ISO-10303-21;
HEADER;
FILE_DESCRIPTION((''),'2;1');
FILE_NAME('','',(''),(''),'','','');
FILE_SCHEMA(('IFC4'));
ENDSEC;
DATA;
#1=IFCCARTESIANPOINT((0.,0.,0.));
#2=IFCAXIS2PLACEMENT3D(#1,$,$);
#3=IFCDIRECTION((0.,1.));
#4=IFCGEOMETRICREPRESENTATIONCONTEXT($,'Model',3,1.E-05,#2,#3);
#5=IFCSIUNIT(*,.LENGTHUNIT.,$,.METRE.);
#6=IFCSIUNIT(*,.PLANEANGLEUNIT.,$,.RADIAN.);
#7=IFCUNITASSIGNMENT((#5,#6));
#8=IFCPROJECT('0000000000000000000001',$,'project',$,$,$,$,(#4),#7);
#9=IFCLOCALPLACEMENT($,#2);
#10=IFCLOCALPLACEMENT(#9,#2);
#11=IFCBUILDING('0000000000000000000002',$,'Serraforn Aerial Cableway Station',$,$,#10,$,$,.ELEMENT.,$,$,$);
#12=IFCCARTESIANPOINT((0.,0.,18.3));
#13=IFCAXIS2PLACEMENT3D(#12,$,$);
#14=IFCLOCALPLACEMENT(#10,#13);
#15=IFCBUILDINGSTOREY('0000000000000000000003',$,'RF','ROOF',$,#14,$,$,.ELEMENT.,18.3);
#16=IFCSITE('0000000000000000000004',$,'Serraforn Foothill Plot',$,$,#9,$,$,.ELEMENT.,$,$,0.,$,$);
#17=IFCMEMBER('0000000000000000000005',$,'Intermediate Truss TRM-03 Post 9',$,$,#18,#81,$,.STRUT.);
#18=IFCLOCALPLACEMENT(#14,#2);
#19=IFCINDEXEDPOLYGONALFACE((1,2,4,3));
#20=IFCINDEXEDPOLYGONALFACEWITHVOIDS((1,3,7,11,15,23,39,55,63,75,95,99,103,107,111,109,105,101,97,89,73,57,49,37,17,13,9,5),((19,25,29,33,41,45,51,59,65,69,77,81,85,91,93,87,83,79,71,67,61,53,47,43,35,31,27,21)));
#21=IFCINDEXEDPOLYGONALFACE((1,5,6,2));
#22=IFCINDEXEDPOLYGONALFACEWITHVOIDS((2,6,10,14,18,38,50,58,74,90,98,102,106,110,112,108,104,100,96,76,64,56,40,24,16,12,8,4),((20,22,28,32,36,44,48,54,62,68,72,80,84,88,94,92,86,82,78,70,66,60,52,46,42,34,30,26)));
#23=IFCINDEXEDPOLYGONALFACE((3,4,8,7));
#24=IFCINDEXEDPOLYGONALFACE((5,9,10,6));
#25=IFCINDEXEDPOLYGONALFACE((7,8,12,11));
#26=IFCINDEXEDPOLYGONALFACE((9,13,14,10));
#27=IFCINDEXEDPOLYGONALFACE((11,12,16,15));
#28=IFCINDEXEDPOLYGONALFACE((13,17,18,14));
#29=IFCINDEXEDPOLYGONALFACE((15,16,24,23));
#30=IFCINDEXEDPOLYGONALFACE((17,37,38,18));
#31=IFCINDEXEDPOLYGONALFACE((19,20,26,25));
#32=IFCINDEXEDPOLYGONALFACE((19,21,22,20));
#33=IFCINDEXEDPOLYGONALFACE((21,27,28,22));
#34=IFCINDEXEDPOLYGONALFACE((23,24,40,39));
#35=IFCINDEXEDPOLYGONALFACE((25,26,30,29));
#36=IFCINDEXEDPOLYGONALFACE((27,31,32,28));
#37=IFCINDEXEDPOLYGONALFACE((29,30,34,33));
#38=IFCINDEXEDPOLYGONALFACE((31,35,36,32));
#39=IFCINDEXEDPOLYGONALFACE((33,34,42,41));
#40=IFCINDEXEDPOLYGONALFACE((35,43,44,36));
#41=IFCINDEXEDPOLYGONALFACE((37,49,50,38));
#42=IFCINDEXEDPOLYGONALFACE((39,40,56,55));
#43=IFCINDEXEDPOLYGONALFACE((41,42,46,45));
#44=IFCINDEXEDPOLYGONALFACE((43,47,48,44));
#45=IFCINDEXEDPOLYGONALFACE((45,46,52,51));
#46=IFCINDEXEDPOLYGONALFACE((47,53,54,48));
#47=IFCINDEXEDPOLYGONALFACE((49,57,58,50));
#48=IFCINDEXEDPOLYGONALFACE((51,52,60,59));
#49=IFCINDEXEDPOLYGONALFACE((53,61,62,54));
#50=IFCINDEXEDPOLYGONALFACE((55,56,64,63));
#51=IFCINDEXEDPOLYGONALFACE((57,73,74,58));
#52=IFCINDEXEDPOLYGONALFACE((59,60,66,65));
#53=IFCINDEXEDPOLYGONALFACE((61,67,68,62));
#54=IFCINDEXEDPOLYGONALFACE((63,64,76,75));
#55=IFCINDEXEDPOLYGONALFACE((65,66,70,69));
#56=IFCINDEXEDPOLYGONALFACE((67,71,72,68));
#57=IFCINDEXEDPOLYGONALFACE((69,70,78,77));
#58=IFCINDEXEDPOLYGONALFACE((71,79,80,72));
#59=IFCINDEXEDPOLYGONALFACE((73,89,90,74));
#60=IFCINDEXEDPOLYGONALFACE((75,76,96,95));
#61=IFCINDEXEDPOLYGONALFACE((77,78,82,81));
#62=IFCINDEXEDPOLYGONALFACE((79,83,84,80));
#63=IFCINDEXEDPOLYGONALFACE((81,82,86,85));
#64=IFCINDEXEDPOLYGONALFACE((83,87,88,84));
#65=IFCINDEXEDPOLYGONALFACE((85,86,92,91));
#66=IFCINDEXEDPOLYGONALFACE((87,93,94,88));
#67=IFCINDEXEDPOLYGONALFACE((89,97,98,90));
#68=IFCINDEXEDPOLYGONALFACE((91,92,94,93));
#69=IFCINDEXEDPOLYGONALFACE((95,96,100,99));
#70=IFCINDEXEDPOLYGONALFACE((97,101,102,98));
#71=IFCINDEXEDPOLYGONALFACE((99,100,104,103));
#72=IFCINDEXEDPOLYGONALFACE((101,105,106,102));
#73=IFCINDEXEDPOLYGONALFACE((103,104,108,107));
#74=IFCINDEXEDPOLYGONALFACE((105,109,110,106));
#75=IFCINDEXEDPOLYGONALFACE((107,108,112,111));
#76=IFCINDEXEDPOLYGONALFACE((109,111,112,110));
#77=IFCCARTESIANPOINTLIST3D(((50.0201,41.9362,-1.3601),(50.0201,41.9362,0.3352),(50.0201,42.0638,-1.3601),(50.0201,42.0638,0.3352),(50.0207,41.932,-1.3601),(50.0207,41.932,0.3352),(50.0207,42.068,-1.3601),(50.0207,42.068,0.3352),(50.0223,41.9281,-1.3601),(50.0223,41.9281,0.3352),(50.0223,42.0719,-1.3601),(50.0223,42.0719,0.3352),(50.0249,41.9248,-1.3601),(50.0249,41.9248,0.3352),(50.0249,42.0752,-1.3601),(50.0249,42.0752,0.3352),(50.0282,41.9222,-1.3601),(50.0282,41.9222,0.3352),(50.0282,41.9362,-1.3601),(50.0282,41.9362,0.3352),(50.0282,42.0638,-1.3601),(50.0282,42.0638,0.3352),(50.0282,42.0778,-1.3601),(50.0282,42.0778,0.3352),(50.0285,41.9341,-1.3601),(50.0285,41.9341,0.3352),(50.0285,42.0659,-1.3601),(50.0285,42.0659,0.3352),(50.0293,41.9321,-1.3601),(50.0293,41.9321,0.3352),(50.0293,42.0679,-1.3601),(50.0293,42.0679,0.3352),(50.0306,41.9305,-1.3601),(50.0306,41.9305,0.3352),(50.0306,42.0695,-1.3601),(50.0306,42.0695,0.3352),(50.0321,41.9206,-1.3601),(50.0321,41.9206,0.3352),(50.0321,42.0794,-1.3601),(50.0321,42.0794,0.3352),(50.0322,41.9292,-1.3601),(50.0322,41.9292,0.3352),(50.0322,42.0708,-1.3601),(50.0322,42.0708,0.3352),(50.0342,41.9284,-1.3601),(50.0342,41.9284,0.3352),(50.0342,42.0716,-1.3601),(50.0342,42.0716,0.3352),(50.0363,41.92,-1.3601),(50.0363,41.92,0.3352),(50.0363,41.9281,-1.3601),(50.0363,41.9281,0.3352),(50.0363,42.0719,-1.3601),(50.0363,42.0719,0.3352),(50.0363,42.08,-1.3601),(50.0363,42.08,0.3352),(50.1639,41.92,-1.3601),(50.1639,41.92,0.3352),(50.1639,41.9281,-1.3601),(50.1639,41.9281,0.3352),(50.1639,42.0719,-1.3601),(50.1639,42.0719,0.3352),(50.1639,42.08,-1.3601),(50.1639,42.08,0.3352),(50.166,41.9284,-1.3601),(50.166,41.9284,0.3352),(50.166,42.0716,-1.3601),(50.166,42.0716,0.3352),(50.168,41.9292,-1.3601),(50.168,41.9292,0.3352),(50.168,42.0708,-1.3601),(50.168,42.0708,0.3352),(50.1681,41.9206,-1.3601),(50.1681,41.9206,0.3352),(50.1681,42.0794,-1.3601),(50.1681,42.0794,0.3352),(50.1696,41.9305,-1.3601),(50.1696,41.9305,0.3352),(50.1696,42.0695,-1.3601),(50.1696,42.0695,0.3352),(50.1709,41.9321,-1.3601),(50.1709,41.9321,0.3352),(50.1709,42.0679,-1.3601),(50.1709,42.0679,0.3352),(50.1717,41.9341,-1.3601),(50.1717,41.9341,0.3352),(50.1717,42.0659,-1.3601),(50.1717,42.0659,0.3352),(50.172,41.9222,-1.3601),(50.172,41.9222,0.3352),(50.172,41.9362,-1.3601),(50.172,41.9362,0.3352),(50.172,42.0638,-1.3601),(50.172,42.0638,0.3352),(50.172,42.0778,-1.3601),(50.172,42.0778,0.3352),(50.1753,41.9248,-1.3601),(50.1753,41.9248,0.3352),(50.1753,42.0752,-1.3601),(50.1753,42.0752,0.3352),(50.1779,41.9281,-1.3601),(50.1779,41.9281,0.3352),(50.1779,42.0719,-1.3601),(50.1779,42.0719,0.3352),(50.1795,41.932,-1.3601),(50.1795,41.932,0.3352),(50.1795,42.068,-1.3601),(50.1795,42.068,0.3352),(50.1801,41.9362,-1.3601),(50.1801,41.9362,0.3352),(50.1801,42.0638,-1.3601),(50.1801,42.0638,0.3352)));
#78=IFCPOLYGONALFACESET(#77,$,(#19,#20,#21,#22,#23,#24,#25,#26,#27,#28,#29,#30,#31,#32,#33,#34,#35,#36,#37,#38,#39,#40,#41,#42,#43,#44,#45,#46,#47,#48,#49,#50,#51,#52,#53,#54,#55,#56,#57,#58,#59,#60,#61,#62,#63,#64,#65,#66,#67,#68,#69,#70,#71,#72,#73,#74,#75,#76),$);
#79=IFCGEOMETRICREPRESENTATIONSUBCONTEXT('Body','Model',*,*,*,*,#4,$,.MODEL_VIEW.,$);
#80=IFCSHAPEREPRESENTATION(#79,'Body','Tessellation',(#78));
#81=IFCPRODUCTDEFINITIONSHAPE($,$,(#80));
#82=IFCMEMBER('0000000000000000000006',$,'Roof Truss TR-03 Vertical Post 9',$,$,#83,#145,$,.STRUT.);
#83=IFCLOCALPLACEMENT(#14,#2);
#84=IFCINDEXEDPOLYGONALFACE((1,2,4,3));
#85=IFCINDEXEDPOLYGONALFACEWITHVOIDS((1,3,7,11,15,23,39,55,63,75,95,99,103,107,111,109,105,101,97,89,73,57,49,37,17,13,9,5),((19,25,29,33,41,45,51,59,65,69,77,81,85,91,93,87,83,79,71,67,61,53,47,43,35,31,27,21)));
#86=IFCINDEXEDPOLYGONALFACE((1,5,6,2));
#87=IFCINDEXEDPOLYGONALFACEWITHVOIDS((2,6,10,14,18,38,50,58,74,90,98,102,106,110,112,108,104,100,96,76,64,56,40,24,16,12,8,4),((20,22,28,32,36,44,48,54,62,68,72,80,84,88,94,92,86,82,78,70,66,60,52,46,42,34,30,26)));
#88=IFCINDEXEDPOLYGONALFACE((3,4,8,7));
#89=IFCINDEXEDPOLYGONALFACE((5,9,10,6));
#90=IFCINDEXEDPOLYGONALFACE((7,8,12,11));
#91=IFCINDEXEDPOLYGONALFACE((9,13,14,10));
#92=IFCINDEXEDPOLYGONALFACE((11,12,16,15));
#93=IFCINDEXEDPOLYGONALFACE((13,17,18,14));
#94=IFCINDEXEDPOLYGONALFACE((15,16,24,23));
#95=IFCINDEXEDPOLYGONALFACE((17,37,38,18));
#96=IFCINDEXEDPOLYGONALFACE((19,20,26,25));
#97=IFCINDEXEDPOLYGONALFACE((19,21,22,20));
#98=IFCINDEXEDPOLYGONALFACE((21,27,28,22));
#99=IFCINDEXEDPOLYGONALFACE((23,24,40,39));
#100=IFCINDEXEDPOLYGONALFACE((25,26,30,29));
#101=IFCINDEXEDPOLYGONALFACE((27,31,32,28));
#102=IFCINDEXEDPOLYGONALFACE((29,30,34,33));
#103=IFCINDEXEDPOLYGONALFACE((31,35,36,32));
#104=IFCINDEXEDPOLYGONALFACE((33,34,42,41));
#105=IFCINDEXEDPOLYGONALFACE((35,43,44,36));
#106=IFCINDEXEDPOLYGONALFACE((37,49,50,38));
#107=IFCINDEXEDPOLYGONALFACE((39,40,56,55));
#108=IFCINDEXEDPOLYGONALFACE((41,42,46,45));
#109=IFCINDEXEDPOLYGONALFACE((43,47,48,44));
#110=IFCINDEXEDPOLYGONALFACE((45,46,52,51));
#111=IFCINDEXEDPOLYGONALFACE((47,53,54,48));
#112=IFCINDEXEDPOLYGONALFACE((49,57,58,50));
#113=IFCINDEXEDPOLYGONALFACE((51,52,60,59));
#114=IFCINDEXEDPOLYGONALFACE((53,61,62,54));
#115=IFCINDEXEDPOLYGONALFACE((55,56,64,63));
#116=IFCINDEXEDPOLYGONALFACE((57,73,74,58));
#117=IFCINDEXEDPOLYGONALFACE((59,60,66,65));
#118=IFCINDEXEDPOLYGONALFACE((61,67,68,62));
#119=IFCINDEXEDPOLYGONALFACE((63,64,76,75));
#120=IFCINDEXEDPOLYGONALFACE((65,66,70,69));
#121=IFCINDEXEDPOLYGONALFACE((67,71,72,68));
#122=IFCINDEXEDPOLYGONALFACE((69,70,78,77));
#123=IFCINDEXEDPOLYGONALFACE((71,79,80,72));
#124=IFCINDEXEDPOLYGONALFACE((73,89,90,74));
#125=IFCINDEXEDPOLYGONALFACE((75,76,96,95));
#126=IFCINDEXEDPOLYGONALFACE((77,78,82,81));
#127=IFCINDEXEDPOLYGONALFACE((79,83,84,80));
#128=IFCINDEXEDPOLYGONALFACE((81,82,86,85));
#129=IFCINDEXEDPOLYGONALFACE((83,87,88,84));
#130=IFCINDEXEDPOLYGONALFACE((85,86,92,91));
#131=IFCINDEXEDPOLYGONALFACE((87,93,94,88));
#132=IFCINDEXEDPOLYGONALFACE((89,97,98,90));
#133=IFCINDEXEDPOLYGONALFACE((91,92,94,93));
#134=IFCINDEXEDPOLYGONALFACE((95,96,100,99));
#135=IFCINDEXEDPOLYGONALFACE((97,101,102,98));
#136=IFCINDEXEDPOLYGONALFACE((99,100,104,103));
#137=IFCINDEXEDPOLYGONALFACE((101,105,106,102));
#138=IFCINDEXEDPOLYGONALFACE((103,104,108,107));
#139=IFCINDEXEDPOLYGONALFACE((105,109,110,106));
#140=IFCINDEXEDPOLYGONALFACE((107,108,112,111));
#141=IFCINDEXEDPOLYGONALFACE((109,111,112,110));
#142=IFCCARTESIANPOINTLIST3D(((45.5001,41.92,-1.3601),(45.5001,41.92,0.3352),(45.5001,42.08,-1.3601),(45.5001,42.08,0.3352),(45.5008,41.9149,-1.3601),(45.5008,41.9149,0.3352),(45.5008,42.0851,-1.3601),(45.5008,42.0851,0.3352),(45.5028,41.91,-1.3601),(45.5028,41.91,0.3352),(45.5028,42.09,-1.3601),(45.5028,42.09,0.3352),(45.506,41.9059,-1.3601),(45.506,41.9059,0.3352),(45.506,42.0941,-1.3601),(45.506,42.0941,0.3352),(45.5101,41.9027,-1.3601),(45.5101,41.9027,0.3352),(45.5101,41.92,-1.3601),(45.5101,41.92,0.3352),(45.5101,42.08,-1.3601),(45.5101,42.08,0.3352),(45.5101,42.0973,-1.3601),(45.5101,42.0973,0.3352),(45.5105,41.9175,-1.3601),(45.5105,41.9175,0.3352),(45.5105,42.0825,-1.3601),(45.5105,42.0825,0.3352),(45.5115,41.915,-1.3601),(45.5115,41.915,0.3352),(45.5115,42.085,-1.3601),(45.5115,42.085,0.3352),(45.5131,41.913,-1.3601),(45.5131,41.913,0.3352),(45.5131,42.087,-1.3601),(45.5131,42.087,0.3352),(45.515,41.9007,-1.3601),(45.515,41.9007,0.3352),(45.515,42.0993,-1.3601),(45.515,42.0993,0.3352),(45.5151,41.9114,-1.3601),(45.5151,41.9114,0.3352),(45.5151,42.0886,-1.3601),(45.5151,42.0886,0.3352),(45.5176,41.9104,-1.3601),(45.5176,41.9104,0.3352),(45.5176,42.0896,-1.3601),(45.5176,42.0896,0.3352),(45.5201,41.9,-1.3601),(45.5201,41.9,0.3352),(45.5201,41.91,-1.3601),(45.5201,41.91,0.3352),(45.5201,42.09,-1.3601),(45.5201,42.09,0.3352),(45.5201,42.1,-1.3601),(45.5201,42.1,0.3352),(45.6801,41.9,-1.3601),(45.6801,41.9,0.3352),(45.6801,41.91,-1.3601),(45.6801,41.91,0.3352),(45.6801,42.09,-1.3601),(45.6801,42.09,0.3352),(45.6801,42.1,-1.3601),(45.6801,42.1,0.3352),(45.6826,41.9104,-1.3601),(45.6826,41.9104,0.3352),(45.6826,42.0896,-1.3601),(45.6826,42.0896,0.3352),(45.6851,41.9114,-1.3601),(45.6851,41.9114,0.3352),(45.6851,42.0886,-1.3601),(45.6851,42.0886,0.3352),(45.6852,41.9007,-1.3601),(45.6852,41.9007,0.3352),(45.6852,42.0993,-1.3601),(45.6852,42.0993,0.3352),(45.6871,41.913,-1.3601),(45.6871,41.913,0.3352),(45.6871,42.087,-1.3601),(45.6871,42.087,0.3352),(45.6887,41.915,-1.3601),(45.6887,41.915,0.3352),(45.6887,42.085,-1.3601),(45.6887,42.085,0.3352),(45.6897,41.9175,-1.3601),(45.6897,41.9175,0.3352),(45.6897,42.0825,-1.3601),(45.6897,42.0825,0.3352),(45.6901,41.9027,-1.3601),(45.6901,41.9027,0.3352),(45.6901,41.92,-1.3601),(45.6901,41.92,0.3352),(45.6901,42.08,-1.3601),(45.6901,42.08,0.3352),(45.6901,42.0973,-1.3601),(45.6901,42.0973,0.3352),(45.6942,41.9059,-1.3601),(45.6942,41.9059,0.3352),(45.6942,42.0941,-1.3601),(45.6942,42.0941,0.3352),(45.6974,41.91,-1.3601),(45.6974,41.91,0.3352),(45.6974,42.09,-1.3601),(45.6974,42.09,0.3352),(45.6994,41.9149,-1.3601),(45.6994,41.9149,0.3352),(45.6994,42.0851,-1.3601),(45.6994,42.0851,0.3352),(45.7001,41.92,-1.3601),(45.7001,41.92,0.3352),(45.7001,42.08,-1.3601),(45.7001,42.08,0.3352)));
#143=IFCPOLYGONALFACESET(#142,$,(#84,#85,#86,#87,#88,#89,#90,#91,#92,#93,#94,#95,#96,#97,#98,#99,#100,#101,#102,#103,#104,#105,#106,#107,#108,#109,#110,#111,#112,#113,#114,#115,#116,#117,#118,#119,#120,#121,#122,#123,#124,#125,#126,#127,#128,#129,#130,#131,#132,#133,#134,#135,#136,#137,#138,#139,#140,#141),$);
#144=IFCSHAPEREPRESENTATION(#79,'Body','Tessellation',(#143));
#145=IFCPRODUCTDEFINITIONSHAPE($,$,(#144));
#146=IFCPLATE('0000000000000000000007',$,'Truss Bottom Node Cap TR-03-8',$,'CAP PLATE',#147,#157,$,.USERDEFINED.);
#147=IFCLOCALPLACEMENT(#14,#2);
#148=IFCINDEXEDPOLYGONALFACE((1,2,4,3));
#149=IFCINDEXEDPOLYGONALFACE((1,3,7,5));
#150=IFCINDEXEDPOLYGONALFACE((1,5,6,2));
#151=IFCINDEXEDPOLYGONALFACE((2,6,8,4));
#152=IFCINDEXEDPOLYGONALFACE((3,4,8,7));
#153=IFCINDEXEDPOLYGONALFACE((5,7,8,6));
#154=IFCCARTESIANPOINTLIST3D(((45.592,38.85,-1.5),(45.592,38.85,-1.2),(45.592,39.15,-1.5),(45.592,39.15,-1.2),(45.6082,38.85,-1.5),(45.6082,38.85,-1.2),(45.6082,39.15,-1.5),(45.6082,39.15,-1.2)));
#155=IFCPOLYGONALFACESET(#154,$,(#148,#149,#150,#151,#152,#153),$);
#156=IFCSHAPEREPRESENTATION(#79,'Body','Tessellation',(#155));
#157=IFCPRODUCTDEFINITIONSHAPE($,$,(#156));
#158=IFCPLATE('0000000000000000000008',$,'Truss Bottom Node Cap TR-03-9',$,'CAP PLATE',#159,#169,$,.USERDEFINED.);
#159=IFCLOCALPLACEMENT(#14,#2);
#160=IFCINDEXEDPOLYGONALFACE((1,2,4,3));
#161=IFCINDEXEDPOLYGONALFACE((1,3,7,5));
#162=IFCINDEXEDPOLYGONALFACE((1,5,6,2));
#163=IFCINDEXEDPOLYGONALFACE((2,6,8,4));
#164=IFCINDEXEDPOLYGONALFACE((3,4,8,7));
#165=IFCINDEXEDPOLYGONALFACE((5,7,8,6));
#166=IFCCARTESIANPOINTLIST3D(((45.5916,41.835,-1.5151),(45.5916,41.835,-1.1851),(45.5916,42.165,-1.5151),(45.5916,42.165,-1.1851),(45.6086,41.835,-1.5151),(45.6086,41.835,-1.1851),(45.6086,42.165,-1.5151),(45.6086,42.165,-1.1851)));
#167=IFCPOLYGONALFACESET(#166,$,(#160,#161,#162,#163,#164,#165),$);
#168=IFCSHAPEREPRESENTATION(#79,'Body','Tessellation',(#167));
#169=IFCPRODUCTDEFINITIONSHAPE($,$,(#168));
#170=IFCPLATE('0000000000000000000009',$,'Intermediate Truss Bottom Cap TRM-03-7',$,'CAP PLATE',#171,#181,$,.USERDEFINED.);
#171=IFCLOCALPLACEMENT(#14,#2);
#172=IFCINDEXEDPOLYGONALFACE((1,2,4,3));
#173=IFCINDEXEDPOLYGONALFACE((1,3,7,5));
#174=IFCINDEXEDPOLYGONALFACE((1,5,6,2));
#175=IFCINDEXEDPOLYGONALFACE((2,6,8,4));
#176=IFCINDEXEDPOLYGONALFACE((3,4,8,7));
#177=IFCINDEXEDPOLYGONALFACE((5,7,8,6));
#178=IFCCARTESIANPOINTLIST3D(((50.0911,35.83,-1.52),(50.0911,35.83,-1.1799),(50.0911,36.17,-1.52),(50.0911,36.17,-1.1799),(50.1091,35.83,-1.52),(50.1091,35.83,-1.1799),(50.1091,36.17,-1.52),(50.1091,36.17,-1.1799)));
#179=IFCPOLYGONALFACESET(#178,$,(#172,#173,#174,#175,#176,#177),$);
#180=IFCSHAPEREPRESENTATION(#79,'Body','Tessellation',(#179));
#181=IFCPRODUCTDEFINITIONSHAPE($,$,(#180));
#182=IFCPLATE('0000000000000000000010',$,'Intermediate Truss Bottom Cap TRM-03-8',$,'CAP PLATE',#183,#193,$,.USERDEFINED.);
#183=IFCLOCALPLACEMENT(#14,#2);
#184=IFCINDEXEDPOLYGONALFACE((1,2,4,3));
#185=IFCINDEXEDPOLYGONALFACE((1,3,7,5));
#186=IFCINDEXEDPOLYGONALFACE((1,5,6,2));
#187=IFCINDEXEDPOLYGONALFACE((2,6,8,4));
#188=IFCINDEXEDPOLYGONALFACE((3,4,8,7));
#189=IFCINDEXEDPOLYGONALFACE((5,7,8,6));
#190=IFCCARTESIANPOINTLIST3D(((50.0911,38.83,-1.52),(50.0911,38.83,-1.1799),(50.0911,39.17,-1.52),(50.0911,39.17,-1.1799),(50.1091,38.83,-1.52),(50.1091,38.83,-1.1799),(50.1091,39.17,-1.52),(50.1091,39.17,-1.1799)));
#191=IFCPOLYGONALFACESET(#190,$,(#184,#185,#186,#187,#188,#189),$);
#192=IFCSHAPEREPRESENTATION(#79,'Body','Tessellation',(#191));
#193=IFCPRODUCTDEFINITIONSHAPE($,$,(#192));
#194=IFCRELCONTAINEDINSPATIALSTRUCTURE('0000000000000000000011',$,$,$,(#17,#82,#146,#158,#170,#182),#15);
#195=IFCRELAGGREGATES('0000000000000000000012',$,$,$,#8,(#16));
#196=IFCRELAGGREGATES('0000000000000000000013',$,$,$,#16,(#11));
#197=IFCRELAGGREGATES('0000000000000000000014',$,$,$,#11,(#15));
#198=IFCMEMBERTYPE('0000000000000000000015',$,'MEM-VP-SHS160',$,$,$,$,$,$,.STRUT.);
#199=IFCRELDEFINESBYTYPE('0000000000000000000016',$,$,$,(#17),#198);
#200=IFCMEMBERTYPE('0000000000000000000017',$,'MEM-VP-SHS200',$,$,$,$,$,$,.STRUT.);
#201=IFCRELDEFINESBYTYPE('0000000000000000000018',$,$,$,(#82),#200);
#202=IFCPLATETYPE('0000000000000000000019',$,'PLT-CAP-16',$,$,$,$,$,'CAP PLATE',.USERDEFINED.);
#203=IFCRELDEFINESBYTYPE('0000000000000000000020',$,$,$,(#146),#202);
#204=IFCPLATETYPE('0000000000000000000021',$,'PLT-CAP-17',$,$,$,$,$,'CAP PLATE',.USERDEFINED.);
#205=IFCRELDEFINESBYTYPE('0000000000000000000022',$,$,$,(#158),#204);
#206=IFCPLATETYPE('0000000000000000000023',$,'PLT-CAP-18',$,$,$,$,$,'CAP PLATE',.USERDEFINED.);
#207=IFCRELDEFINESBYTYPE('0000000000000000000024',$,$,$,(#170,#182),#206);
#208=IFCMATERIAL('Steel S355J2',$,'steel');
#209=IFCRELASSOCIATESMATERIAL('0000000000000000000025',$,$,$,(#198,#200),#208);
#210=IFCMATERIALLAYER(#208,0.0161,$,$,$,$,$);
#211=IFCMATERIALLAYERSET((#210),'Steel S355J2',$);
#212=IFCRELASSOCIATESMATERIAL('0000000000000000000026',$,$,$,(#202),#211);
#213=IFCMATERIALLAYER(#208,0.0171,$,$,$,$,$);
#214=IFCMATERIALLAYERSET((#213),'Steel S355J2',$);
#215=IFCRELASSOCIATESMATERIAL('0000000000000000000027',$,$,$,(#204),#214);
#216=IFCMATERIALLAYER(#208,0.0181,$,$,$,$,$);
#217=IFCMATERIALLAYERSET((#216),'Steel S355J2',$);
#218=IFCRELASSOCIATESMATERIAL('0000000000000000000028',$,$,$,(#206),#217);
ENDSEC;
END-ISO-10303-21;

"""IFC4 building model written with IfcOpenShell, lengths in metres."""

from ifc_helpers import new_model, si_unit, direction, frame, origin, origin_2d, place, context, subcontext, project, spatial, rectangle, hollow_rectangle, extrude, material, layer, layer_set, material_profile, profile_set, type_object, element, save


model = new_model("IFC4")

# Units and contexts
model_context = context("Model", 3, precision=1e-05, world=origin(), true_north=direction((0.0, 1.0)))
body_context = subcontext(model_context, "Body", "Model", "MODEL_VIEW")
ifc_project = project(units=[si_unit("LENGTHUNIT", "METRE"), si_unit("PLANEANGLEUNIT", "RADIAN")], contexts=[model_context])

# Site, building, storey
site_placement = place(None, origin())
site = spatial("IfcSite", under=ifc_project, at=site_placement, Name="Serraforn Foothill Plot", CompositionType="ELEMENT", RefElevation=0.0)
building_placement = place(site_placement, origin())
building = spatial("IfcBuilding", under=site, at=building_placement, Name="Serraforn Aerial Cableway Station", CompositionType="ELEMENT")
storey_placement = place(building_placement, frame((0.0, 0.0, 18.3)))
storey = spatial("IfcBuildingStorey", under=building, at=storey_placement, Name="RF", Description="ROOF", CompositionType="ELEMENT", Elevation=18.3)

# Shared definitions
ifc_material_1 = material(Name="Steel S355J2", Category="steel")

# Members
ifc_material_profile_1 = material_profile(ifc_material_1, hollow_rectangle(XDim=0.1599, YDim=0.1599, WallThickness=0.0081, InnerFilletRadius=0.0081, OuterFilletRadius=0.0161, at=origin_2d()), Name="SHS 160x160x8.0")
ifc_profile_set_1 = profile_set([ifc_material_profile_1], Name="Steel S355J2")
member_type_1 = type_object("IfcMemberType", Name="MEM-VP-SHS160", PredefinedType="STRUT", material=ifc_profile_set_1)
member_1_placement = place(storey_placement, frame((50.1001, 42.0, -1.3601), z_axis=(0.0, 0.0, 1.0), x_axis=(1.0, 0.0, 0.0)))
element("IfcMember", 1, at=member_1_placement, inside=storey, type_object=member_type_1, Name="Intermediate Truss TRM-03 Post 9", PredefinedType="STRUT", context=body_context, shape_type="SweptSolid", body=[
    extrude(hollow_rectangle(XDim=0.1599, YDim=0.1599, WallThickness=0.0081, InnerFilletRadius=0.0081, OuterFilletRadius=0.0161, at=origin_2d()), origin(), (0.0, 0.0, 1.0), 1.6953),
])
ifc_material_profile_2 = material_profile(ifc_material_1, hollow_rectangle(XDim=0.2, YDim=0.2, WallThickness=0.01, InnerFilletRadius=0.01, OuterFilletRadius=0.02, at=origin_2d()), Name="SHS 200x200x10.0")
ifc_profile_set_2 = profile_set([ifc_material_profile_2], Name="Steel S355J2")
member_type_2 = type_object("IfcMemberType", Name="MEM-VP-SHS200", PredefinedType="STRUT", material=ifc_profile_set_2)
member_2_placement = place(storey_placement, frame((45.6001, 42.0, -1.3601), z_axis=(0.0, 0.0, 1.0), x_axis=(1.0, 0.0, 0.0)))
element("IfcMember", 2, at=member_2_placement, inside=storey, type_object=member_type_2, Name="Roof Truss TR-03 Vertical Post 9", PredefinedType="STRUT", context=body_context, shape_type="SweptSolid", body=[
    extrude(hollow_rectangle(XDim=0.2, YDim=0.2, WallThickness=0.01, InnerFilletRadius=0.01, OuterFilletRadius=0.02, at=origin_2d()), origin(), (0.0, 0.0, 1.0), 1.6953),
])

# Plates
ifc_layer_1 = layer(ifc_material_1, 0.0161)
ifc_layer_set_1 = layer_set([ifc_layer_1], Name="Steel S355J2")
plate_type_1 = type_object("IfcPlateType", Name="PLT-CAP-16", ElementType="CAP PLATE", PredefinedType="USERDEFINED", material=ifc_layer_set_1)
plate_1_placement = place(storey_placement, frame((45.6001, 39.0, -1.5), z_axis=(0.0, 0.0, 1.0), x_axis=(1.0, 0.0, 0.0)))
element("IfcPlate", 3, at=plate_1_placement, inside=storey, type_object=plate_type_1, Name="Truss Bottom Node Cap TR-03-8", ObjectType="CAP PLATE", PredefinedType="USERDEFINED", context=body_context, shape_type="SweptSolid", body=[
    extrude(rectangle(XDim=0.0161, YDim=0.3, at=origin_2d()), origin(), (0.0, 0.0, 1.0), 0.3),
])
ifc_layer_2 = layer(ifc_material_1, 0.0171)
ifc_layer_set_2 = layer_set([ifc_layer_2], Name="Steel S355J2")
plate_type_2 = type_object("IfcPlateType", Name="PLT-CAP-17", ElementType="CAP PLATE", PredefinedType="USERDEFINED", material=ifc_layer_set_2)
plate_2_placement = place(storey_placement, frame((45.6001, 42.0, -1.5151), z_axis=(0.0, 0.0, 1.0), x_axis=(1.0, 0.0, 0.0)))
element("IfcPlate", 4, at=plate_2_placement, inside=storey, type_object=plate_type_2, Name="Truss Bottom Node Cap TR-03-9", ObjectType="CAP PLATE", PredefinedType="USERDEFINED", context=body_context, shape_type="SweptSolid", body=[
    extrude(rectangle(XDim=0.0171, YDim=0.3301, at=origin_2d()), origin(), (0.0, 0.0, 1.0), 0.3301),
])
ifc_layer_3 = layer(ifc_material_1, 0.0181)
ifc_layer_set_3 = layer_set([ifc_layer_3], Name="Steel S355J2")
plate_type_3 = type_object("IfcPlateType", Name="PLT-CAP-18", ElementType="CAP PLATE", PredefinedType="USERDEFINED", material=ifc_layer_set_3)
for number, where, z_axis, x_axis, name in (
    (5, (50.1001, 36.0, -1.52), (0.0, 0.0, 1.0), (1.0, 0.0, 0.0), "Intermediate Truss Bottom Cap TRM-03-7"),
    (6, (50.1001, 39.0, -1.52), (0.0, 0.0, 1.0), (1.0, 0.0, 0.0), "Intermediate Truss Bottom Cap TRM-03-8"),
):
    element("IfcPlate", number, at=place(storey_placement, frame(where, z_axis=z_axis, x_axis=x_axis)), inside=storey, type_object=plate_type_3, Name=name, ObjectType="CAP PLATE", PredefinedType="USERDEFINED", context=body_context, shape_type="SweptSolid", body=[
        extrude(rectangle(XDim=0.0181, YDim=0.3401, at=origin_2d()), origin(), (0.0, 0.0, 1.0), 0.3401),
    ])

save(model, "model.ifc")
